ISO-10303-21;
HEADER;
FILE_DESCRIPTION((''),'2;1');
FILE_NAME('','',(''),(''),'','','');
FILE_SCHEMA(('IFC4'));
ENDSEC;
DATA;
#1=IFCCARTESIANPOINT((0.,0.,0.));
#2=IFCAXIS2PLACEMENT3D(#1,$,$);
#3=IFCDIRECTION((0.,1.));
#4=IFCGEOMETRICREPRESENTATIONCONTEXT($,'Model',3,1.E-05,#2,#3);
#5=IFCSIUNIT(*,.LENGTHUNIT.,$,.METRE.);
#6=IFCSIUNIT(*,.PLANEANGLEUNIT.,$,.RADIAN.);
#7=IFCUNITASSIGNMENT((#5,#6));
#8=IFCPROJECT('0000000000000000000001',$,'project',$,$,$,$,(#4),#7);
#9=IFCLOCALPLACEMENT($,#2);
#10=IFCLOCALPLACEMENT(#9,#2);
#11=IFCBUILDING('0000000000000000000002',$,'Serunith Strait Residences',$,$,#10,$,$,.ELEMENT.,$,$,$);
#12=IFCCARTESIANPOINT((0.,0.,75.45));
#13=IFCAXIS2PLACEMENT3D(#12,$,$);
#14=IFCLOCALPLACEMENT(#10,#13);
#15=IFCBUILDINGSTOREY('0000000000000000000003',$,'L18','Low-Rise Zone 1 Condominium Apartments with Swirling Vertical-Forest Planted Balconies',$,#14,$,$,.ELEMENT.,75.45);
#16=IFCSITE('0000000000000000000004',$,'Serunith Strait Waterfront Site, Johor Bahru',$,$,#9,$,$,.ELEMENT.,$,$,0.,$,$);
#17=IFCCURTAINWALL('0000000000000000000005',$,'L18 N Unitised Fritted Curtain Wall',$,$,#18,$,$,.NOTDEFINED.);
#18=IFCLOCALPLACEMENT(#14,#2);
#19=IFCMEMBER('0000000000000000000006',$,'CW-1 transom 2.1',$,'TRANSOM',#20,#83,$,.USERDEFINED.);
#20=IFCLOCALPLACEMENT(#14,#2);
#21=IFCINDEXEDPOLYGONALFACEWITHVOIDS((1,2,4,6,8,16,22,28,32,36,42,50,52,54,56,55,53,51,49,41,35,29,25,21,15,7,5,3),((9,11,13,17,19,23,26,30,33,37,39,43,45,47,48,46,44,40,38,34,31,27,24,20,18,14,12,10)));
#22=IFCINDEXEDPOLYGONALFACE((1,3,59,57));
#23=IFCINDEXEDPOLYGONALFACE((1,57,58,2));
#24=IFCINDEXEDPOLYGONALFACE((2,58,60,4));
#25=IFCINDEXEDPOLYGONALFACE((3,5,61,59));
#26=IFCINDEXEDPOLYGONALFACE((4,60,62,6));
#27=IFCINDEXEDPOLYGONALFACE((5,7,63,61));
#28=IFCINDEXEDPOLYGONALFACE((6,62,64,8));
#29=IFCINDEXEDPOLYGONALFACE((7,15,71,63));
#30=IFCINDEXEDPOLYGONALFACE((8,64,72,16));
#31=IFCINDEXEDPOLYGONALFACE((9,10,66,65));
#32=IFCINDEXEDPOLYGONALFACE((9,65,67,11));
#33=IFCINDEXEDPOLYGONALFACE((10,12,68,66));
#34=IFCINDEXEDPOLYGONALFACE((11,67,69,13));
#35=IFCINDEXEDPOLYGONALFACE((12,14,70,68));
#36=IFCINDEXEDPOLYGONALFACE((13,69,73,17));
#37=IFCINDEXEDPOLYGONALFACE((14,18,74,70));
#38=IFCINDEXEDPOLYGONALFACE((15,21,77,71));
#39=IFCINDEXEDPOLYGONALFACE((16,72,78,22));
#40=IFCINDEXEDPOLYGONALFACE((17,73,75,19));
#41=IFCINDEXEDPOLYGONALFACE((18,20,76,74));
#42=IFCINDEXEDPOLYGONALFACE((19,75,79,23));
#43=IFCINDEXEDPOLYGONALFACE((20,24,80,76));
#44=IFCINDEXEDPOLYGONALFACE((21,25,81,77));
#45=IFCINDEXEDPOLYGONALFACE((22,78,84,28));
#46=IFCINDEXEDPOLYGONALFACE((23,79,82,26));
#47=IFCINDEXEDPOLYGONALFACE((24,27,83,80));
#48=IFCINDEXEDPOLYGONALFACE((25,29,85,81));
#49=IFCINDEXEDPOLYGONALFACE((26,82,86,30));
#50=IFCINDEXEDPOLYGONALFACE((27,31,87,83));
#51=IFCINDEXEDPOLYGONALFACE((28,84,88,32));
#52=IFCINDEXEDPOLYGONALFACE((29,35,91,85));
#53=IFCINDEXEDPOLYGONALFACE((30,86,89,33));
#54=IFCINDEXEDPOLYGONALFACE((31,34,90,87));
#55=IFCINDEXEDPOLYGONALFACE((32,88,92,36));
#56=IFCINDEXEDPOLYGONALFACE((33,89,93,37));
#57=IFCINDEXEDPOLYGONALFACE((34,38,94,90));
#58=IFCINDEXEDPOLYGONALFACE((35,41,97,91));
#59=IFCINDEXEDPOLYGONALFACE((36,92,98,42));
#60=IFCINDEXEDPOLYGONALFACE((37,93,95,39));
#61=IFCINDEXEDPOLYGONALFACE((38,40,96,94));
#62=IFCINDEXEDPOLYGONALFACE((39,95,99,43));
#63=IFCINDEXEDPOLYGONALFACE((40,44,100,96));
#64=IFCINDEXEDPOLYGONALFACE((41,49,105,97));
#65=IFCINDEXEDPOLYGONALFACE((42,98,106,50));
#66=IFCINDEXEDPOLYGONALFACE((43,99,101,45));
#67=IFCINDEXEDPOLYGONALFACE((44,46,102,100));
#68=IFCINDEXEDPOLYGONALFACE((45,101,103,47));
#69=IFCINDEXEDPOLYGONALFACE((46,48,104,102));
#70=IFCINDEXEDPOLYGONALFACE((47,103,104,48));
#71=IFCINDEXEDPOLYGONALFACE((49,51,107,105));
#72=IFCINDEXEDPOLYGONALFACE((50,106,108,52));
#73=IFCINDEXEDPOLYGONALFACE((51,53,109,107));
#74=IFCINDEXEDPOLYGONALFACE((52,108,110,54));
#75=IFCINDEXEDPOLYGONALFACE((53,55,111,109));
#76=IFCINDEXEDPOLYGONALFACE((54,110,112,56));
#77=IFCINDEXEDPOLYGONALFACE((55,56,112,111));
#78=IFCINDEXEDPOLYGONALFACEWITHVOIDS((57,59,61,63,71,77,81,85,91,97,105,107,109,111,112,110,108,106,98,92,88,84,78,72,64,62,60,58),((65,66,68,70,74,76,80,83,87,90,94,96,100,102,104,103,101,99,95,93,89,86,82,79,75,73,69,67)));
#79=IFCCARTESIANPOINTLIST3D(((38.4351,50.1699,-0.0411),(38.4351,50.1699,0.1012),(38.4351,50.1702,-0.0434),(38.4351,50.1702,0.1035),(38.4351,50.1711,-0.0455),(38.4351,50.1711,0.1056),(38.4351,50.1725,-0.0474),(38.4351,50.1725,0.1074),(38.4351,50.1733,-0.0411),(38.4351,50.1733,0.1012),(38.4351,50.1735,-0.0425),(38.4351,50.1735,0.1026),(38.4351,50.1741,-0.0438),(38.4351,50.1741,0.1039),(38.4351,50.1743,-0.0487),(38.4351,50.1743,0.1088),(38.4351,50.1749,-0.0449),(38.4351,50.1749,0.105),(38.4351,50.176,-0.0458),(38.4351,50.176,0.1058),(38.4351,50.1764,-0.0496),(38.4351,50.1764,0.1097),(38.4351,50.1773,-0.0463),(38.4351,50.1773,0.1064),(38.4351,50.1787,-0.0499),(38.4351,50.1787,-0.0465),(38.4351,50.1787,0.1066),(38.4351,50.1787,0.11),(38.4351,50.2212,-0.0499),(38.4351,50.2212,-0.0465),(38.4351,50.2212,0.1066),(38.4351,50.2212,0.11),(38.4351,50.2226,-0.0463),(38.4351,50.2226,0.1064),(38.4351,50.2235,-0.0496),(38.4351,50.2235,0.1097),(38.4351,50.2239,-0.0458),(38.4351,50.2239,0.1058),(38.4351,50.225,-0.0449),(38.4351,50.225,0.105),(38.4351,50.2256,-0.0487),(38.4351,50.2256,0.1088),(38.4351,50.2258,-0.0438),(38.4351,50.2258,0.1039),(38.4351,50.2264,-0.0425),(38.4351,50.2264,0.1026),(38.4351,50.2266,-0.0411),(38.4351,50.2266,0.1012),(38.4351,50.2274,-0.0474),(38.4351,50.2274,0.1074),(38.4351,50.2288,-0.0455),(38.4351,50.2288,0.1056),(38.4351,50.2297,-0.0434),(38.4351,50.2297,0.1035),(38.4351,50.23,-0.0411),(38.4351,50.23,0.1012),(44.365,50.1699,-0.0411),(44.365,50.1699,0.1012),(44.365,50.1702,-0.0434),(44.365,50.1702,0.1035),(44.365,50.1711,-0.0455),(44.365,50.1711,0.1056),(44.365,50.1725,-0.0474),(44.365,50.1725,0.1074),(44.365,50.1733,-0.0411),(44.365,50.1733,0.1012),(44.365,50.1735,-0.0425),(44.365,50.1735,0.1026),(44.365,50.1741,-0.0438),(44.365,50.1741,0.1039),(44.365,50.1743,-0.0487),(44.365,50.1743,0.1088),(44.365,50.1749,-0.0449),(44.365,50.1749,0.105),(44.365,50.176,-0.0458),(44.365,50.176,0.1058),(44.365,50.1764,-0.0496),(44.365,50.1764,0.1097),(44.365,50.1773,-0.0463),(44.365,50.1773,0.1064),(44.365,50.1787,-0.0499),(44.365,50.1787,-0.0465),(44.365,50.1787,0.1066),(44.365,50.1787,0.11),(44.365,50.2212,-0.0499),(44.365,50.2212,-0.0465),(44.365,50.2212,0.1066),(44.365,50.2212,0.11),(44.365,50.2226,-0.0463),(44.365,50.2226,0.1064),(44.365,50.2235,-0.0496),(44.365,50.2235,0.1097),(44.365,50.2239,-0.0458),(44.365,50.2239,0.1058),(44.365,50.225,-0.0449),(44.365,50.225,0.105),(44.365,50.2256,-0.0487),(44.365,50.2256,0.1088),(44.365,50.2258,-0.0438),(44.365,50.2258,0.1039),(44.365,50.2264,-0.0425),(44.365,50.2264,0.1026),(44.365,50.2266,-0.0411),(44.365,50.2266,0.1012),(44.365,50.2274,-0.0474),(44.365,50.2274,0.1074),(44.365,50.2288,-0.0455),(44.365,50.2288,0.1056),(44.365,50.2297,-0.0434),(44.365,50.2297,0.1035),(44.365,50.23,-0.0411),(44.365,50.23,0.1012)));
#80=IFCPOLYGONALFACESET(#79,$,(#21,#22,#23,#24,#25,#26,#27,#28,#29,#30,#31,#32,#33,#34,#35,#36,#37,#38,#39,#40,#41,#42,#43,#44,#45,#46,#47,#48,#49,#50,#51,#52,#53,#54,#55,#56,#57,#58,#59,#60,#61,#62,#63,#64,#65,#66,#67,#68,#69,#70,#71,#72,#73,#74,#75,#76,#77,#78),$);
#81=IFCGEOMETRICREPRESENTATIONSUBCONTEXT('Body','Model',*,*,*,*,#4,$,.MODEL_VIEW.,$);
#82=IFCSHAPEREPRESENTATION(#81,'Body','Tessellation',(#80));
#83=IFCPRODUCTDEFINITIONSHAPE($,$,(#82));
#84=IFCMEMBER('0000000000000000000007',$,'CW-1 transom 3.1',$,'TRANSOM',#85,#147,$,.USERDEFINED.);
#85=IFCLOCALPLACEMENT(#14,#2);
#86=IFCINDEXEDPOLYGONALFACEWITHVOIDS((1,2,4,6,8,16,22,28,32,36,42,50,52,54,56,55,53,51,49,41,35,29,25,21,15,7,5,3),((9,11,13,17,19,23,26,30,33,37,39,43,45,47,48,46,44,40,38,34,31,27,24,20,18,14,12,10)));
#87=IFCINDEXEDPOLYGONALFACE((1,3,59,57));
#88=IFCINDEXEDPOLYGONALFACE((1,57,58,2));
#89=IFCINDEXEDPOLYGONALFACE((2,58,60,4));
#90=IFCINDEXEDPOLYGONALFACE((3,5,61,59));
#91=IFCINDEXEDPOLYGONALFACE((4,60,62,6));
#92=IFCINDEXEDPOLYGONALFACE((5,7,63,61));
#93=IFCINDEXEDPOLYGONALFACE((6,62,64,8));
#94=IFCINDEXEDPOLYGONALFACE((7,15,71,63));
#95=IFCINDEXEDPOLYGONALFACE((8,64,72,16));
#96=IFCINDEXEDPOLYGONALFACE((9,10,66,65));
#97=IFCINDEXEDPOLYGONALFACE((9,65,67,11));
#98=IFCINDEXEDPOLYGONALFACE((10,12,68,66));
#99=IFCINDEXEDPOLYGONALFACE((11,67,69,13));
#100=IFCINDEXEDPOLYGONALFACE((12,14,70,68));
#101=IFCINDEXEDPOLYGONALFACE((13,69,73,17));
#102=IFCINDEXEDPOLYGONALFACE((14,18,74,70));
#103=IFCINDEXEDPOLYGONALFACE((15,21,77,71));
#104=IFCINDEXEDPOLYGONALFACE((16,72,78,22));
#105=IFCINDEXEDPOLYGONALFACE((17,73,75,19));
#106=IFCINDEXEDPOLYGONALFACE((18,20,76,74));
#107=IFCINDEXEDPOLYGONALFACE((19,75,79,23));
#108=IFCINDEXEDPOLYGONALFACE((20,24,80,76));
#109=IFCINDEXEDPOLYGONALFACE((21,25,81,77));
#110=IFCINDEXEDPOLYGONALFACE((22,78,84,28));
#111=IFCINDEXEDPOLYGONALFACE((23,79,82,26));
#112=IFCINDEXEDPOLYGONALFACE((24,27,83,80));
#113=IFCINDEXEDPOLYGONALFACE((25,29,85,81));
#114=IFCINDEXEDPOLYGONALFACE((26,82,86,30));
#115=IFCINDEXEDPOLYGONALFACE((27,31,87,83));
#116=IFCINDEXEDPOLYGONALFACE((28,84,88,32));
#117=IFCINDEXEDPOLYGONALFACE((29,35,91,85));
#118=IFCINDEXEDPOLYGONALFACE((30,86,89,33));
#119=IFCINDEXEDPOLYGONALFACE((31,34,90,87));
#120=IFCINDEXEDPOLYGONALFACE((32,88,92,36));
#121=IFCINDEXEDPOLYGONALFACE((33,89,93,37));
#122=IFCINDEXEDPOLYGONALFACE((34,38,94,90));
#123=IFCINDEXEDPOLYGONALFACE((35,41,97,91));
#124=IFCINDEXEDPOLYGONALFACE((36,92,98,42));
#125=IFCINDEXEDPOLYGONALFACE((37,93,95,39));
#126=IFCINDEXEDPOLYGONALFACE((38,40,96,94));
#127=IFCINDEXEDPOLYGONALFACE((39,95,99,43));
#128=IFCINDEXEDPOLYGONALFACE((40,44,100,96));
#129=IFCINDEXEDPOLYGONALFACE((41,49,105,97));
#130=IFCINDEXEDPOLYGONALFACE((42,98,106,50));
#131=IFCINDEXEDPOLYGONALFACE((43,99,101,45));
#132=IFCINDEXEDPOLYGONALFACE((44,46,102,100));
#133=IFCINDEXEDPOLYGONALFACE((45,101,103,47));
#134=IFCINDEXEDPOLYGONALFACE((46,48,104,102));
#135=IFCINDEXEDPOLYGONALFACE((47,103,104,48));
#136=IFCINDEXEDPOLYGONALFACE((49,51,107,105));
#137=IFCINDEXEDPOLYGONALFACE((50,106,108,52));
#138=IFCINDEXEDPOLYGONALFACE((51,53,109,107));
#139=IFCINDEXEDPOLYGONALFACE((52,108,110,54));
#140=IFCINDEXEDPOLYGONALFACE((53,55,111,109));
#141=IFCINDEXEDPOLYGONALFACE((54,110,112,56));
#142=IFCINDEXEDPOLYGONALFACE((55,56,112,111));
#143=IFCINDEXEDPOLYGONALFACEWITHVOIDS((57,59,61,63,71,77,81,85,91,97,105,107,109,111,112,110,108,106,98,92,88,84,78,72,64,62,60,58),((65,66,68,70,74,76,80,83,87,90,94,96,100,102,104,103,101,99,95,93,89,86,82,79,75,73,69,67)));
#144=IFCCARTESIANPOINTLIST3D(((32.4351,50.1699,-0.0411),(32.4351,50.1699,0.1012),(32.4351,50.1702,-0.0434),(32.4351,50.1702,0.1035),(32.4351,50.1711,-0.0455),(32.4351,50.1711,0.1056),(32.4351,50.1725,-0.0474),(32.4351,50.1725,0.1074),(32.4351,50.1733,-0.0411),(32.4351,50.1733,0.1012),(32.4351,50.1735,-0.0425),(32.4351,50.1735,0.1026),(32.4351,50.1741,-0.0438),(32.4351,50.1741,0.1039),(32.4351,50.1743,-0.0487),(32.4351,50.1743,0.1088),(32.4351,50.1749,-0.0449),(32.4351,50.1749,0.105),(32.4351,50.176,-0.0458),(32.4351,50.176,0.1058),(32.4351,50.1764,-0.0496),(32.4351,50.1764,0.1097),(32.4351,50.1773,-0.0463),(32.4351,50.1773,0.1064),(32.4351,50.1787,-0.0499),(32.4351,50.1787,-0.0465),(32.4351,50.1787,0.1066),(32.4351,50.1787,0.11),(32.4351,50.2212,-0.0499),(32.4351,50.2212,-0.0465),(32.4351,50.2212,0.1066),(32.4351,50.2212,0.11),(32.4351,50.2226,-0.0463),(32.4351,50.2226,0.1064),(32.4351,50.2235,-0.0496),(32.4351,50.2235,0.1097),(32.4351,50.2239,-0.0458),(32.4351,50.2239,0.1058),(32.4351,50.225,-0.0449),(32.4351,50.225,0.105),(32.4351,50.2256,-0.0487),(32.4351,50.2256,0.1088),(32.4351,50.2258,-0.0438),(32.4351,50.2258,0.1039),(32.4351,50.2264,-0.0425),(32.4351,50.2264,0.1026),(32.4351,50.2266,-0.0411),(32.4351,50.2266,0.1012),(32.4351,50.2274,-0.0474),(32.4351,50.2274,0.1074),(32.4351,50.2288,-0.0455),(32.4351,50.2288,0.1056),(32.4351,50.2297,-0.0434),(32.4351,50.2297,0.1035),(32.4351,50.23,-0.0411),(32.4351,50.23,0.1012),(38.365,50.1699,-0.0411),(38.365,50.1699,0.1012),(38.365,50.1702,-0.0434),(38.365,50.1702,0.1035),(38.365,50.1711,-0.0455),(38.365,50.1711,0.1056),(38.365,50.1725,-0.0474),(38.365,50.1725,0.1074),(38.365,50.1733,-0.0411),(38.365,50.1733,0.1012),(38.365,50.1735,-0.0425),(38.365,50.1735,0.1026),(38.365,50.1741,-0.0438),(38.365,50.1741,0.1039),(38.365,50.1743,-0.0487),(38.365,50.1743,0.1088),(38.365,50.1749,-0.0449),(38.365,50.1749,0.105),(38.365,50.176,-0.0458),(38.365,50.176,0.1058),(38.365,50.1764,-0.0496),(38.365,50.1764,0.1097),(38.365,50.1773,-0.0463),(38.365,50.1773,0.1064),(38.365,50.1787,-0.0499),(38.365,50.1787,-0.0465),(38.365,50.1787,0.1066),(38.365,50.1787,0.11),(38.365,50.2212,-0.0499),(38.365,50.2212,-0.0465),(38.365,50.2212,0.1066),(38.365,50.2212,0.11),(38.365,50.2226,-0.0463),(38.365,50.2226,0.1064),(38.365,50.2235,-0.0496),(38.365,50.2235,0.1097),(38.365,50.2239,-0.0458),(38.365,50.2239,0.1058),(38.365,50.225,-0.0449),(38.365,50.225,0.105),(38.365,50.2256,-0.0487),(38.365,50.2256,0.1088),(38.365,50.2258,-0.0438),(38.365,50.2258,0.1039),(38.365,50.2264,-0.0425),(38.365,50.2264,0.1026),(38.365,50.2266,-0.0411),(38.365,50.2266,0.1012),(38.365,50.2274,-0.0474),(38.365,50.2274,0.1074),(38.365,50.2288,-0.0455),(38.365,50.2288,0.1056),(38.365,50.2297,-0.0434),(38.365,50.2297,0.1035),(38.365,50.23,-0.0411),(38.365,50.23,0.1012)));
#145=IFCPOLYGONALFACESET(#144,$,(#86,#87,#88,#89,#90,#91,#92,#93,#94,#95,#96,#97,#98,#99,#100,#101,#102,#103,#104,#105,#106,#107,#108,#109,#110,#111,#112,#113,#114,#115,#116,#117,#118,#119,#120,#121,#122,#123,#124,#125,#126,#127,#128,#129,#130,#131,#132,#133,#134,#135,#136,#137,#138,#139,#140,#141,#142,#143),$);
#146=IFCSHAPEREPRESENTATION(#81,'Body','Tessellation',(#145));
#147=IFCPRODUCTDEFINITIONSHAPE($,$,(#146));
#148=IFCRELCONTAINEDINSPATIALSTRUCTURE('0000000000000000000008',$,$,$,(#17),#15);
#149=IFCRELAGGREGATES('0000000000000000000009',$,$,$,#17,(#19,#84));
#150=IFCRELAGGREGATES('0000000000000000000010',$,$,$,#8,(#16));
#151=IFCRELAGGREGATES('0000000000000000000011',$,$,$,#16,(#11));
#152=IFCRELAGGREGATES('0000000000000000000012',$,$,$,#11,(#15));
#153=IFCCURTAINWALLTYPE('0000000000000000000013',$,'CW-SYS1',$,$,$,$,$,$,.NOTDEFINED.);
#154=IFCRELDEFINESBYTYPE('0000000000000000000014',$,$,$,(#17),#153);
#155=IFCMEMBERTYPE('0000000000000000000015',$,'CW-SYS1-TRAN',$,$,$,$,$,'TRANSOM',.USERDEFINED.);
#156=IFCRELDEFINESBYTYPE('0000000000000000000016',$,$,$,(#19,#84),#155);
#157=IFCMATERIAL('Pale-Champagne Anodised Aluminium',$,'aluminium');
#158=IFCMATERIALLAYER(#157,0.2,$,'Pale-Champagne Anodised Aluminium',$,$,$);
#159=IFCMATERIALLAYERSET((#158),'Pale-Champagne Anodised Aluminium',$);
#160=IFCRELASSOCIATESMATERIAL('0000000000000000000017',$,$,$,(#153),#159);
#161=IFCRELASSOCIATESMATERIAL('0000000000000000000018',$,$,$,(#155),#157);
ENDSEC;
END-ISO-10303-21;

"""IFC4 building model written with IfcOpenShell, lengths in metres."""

from ifc_helpers import new_model, si_unit, direction, frame, origin, origin_2d, place, context, subcontext, project, spatial, hollow_rectangle, extrude, source, transform, mapped, material, layer, layer_set, material_profile, profile_set, type_object, element, aggregate, save


model = new_model("IFC4")

# Units and contexts
model_context = context("Model", 3, precision=1e-05, world=origin(), true_north=direction((0.0, 1.0)))
body_context = subcontext(model_context, "Body", "Model", "MODEL_VIEW")
ifc_project = project(units=[si_unit("LENGTHUNIT", "METRE"), si_unit("PLANEANGLEUNIT", "RADIAN")], contexts=[model_context])

# Site, building, storey
site_placement = place(None, origin())
site = spatial("IfcSite", under=ifc_project, at=site_placement, Name="Serunith Strait Waterfront Site, Johor Bahru", CompositionType="ELEMENT", RefElevation=0.0)
building_placement = place(site_placement, origin())
building = spatial("IfcBuilding", under=site, at=building_placement, Name="Serunith Strait Residences", CompositionType="ELEMENT")
storey_placement = place(building_placement, frame((0.0, 0.0, 75.45)))
storey = spatial("IfcBuildingStorey", under=building, at=storey_placement, Name="L18", Description="Low-Rise Zone 1 Condominium Apartments with Swirling Vertical-Forest Planted Balconies", CompositionType="ELEMENT", Elevation=75.45)

# Curtain wall, members
ifc_material_1 = material(Name="Pale-Champagne Anodised Aluminium", Category="aluminium")
ifc_layer_1 = layer(ifc_material_1, 0.2, Name="Pale-Champagne Anodised Aluminium")
ifc_layer_set_1 = layer_set([ifc_layer_1], Name="Pale-Champagne Anodised Aluminium")
curtain_wall_type = type_object("IfcCurtainWallType", Name="CW-SYS1", PredefinedType="NOTDEFINED", material=ifc_layer_set_1)
curtain_wall_placement = place(storey_placement, origin())
curtain_wall = element("IfcCurtainWall", 1, at=curtain_wall_placement, inside=storey, type_object=curtain_wall_type, Name="L18 N Unitised Fritted Curtain Wall", PredefinedType="NOTDEFINED")
ifc_material_profile_1 = material_profile(ifc_material_1, hollow_rectangle(XDim=0.0601, YDim=0.1599, WallThickness=0.0034, InnerFilletRadius=0.0054, OuterFilletRadius=0.0088, at=origin_2d()), Name="ALU 160x60x3.5")
ifc_profile_set_1 = profile_set([ifc_material_profile_1], Name="Pale-Champagne Anodised Aluminium")
member_type_1 = type_object("IfcMemberType", Name="CW-SYS1-TRAN", ElementType="TRANSOM", PredefinedType="USERDEFINED", material=ifc_profile_set_1)
shared_shape_1 = source(origin(), body_context, "Body", "SweptSolid", [
    extrude(hollow_rectangle(XDim=0.0601, YDim=0.1599, WallThickness=0.0034, InnerFilletRadius=0.0054, OuterFilletRadius=0.0088, at=origin_2d()), origin(), (0.0, 0.0, 1.0), 5.9299),
])
member_1_placement = place(storey_placement, frame((44.365, 50.2, 0.03), z_axis=(-1.0, 0.0, 0.0), x_axis=(0.0, -1.0, 0.0)))
member_1 = element("IfcMember", 2, at=member_1_placement, type_object=member_type_1, Name="CW-1 transom 2.1", ObjectType="TRANSOM", PredefinedType="USERDEFINED", context=body_context, shape_type="MappedRepresentation", body=[
    mapped(shared_shape_1, transform((0.0, 0.0, 0.0), scale=1.0)),
])
member_2_placement = place(storey_placement, frame((38.365, 50.2, 0.03), z_axis=(-1.0, 0.0, 0.0), x_axis=(0.0, -1.0, 0.0)))
member_2 = element("IfcMember", 3, at=member_2_placement, type_object=member_type_1, Name="CW-1 transom 3.1", ObjectType="TRANSOM", PredefinedType="USERDEFINED", context=body_context, shape_type="MappedRepresentation", body=[
    mapped(shared_shape_1, transform((0.0, 0.0, 0.0), scale=1.0)),
])
aggregate(curtain_wall, [member_1, member_2])

save(model, "model.ifc")
